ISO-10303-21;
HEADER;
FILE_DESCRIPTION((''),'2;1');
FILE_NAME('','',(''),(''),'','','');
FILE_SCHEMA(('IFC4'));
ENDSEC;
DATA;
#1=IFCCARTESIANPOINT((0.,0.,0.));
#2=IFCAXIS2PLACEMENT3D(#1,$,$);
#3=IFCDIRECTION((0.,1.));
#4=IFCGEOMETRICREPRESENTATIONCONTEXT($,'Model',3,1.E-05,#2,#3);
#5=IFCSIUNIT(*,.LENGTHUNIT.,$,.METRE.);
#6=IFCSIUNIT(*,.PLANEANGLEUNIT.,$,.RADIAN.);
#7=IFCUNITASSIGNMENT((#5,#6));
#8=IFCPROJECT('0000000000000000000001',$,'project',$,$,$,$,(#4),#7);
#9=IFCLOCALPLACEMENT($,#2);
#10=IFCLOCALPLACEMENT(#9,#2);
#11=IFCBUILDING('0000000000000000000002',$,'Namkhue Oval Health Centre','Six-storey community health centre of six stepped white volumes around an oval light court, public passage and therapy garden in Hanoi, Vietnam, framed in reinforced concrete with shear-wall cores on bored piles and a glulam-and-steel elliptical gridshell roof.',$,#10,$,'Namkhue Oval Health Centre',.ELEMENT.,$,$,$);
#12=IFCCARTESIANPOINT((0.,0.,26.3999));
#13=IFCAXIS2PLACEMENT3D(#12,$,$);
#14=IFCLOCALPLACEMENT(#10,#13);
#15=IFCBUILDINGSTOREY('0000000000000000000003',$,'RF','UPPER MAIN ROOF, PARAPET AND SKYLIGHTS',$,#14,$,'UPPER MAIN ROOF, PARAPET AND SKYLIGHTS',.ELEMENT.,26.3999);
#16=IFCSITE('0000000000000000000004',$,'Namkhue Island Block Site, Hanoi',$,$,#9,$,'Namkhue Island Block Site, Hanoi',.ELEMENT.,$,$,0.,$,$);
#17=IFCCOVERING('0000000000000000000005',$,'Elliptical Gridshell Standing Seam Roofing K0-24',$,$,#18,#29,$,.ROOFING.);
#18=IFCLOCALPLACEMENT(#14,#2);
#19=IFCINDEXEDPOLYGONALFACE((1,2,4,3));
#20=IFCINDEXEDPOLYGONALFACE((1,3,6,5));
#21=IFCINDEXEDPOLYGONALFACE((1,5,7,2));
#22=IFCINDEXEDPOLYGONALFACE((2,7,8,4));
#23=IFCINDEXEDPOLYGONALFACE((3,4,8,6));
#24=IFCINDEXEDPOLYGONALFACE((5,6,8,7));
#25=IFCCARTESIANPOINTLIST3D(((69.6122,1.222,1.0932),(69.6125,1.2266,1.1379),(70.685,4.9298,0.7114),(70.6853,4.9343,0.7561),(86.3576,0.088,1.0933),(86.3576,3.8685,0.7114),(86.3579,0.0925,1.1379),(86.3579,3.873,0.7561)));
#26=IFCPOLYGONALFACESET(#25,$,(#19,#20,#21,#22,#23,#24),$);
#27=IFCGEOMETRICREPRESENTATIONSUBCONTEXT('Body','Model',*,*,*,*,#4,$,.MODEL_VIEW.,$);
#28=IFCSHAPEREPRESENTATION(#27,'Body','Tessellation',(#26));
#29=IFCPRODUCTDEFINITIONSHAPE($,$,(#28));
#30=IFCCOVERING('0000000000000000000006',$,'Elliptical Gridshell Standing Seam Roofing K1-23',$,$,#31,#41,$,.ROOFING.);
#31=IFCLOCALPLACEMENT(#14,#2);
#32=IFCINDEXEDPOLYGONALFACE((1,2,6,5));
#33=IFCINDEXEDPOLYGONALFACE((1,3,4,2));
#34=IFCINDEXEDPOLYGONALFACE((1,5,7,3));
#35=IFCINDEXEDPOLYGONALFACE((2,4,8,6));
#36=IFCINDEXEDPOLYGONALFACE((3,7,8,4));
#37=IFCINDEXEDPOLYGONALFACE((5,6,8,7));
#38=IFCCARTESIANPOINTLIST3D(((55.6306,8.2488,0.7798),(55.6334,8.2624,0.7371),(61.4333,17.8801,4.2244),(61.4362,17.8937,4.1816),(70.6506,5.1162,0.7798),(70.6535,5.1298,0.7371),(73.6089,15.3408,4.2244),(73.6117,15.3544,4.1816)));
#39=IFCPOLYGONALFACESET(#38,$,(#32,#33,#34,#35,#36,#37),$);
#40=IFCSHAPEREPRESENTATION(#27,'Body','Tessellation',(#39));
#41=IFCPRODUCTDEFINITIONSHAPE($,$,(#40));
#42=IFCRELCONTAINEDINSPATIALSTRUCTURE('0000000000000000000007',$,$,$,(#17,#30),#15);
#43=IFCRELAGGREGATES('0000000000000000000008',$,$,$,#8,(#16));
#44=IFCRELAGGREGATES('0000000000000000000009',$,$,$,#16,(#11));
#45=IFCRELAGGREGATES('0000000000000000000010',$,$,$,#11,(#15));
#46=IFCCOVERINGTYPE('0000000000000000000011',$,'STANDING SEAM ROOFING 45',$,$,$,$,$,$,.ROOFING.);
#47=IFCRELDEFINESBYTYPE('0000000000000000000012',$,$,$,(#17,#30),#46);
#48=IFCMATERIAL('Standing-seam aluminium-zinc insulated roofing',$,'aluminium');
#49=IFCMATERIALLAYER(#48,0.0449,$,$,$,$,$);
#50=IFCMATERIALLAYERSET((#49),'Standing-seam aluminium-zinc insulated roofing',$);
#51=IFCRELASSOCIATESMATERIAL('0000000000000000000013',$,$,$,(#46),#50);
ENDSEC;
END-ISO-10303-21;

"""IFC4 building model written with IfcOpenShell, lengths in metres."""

from ifc_helpers import new_model, si_unit, direction, frame, origin, place, context, subcontext, project, spatial, polyline, outline, extrude, material, layer, layer_set, type_object, element, save


model = new_model("IFC4")

# Units and contexts
model_context = context("Model", 3, precision=1e-05, world=origin(), true_north=direction((0.0, 1.0)))
body_context = subcontext(model_context, "Body", "Model", "MODEL_VIEW")
ifc_project = project(units=[si_unit("LENGTHUNIT", "METRE"), si_unit("PLANEANGLEUNIT", "RADIAN")], contexts=[model_context])

# Site, building, storey
site_placement = place(None, origin())
site = spatial("IfcSite", under=ifc_project, at=site_placement, Name="Namkhue Island Block Site, Hanoi", LongName="Namkhue Island Block Site, Hanoi", CompositionType="ELEMENT", RefElevation=0.0)
building_placement = place(site_placement, origin())
building = spatial("IfcBuilding", under=site, at=building_placement, Name="Namkhue Oval Health Centre", Description="Six-storey community health centre of six stepped white volumes around an oval light court, public passage and therapy garden in Hanoi, Vietnam, framed in reinforced concrete with shear-wall cores on bored piles and a glulam-and-steel elliptical gridshell roof.", LongName="Namkhue Oval Health Centre", CompositionType="ELEMENT")
storey_placement = place(building_placement, frame((0.0, 0.0, 26.3999)))
storey = spatial("IfcBuildingStorey", under=building, at=storey_placement, Name="RF", Description="UPPER MAIN ROOF, PARAPET AND SKYLIGHTS", LongName="UPPER MAIN ROOF, PARAPET AND SKYLIGHTS", CompositionType="ELEMENT", Elevation=26.3999)

# Coverings
ifc_material_1 = material(Name="Standing-seam aluminium-zinc insulated roofing", Category="aluminium")
ifc_layer_1 = layer(ifc_material_1, 0.0449)
ifc_layer_set_1 = layer_set([ifc_layer_1], Name="Standing-seam aluminium-zinc insulated roofing")
covering_type_1 = type_object("IfcCoveringType", Name="STANDING SEAM ROOFING 45", PredefinedType="ROOFING", material=ifc_layer_set_1)
covering_1_placement = place(storey_placement, frame((69.6125, 1.2266, 1.1379), z_axis=(0.006805, 0.100489, 0.994915), x_axis=(0.997715, -0.067567, 0.0)))
element("IfcCovering", 1, at=covering_1_placement, inside=storey, type_object=covering_type_1, Name="Elliptical Gridshell Standing Seam Roofing K0-24", PredefinedType="ROOFING", context=body_context, shape_type="SweptSolid", body=[
    extrude(outline(polyline([(0.0, 0.0), (16.7837, 0.0), (16.5283, 3.7912), (0.8198, 3.7911), (0.0, 0.0)])), origin(), (0.0, 0.0, -1.0), 0.0449),
])
covering_2_placement = place(storey_placement, frame((55.6306, 8.2488, 0.7798), z_axis=(-0.063027, -0.302202, 0.951158), x_axis=(0.978936, -0.204166, 0.0)))
element("IfcCovering", 2, at=covering_2_placement, inside=storey, type_object=covering_type_1, Name="Elliptical Gridshell Standing Seam Roofing K1-23", PredefinedType="ROOFING", context=body_context, shape_type="SweptSolid", body=[
    extrude(outline(polyline([(0.0, 0.0), (15.3432, 0.0), (16.1516, 11.1582), (3.7141, 11.1582), (0.0, 0.0)])), origin(), (0.0, 0.0, -1.0), 0.0449),
])

save(model, "model.ifc")
